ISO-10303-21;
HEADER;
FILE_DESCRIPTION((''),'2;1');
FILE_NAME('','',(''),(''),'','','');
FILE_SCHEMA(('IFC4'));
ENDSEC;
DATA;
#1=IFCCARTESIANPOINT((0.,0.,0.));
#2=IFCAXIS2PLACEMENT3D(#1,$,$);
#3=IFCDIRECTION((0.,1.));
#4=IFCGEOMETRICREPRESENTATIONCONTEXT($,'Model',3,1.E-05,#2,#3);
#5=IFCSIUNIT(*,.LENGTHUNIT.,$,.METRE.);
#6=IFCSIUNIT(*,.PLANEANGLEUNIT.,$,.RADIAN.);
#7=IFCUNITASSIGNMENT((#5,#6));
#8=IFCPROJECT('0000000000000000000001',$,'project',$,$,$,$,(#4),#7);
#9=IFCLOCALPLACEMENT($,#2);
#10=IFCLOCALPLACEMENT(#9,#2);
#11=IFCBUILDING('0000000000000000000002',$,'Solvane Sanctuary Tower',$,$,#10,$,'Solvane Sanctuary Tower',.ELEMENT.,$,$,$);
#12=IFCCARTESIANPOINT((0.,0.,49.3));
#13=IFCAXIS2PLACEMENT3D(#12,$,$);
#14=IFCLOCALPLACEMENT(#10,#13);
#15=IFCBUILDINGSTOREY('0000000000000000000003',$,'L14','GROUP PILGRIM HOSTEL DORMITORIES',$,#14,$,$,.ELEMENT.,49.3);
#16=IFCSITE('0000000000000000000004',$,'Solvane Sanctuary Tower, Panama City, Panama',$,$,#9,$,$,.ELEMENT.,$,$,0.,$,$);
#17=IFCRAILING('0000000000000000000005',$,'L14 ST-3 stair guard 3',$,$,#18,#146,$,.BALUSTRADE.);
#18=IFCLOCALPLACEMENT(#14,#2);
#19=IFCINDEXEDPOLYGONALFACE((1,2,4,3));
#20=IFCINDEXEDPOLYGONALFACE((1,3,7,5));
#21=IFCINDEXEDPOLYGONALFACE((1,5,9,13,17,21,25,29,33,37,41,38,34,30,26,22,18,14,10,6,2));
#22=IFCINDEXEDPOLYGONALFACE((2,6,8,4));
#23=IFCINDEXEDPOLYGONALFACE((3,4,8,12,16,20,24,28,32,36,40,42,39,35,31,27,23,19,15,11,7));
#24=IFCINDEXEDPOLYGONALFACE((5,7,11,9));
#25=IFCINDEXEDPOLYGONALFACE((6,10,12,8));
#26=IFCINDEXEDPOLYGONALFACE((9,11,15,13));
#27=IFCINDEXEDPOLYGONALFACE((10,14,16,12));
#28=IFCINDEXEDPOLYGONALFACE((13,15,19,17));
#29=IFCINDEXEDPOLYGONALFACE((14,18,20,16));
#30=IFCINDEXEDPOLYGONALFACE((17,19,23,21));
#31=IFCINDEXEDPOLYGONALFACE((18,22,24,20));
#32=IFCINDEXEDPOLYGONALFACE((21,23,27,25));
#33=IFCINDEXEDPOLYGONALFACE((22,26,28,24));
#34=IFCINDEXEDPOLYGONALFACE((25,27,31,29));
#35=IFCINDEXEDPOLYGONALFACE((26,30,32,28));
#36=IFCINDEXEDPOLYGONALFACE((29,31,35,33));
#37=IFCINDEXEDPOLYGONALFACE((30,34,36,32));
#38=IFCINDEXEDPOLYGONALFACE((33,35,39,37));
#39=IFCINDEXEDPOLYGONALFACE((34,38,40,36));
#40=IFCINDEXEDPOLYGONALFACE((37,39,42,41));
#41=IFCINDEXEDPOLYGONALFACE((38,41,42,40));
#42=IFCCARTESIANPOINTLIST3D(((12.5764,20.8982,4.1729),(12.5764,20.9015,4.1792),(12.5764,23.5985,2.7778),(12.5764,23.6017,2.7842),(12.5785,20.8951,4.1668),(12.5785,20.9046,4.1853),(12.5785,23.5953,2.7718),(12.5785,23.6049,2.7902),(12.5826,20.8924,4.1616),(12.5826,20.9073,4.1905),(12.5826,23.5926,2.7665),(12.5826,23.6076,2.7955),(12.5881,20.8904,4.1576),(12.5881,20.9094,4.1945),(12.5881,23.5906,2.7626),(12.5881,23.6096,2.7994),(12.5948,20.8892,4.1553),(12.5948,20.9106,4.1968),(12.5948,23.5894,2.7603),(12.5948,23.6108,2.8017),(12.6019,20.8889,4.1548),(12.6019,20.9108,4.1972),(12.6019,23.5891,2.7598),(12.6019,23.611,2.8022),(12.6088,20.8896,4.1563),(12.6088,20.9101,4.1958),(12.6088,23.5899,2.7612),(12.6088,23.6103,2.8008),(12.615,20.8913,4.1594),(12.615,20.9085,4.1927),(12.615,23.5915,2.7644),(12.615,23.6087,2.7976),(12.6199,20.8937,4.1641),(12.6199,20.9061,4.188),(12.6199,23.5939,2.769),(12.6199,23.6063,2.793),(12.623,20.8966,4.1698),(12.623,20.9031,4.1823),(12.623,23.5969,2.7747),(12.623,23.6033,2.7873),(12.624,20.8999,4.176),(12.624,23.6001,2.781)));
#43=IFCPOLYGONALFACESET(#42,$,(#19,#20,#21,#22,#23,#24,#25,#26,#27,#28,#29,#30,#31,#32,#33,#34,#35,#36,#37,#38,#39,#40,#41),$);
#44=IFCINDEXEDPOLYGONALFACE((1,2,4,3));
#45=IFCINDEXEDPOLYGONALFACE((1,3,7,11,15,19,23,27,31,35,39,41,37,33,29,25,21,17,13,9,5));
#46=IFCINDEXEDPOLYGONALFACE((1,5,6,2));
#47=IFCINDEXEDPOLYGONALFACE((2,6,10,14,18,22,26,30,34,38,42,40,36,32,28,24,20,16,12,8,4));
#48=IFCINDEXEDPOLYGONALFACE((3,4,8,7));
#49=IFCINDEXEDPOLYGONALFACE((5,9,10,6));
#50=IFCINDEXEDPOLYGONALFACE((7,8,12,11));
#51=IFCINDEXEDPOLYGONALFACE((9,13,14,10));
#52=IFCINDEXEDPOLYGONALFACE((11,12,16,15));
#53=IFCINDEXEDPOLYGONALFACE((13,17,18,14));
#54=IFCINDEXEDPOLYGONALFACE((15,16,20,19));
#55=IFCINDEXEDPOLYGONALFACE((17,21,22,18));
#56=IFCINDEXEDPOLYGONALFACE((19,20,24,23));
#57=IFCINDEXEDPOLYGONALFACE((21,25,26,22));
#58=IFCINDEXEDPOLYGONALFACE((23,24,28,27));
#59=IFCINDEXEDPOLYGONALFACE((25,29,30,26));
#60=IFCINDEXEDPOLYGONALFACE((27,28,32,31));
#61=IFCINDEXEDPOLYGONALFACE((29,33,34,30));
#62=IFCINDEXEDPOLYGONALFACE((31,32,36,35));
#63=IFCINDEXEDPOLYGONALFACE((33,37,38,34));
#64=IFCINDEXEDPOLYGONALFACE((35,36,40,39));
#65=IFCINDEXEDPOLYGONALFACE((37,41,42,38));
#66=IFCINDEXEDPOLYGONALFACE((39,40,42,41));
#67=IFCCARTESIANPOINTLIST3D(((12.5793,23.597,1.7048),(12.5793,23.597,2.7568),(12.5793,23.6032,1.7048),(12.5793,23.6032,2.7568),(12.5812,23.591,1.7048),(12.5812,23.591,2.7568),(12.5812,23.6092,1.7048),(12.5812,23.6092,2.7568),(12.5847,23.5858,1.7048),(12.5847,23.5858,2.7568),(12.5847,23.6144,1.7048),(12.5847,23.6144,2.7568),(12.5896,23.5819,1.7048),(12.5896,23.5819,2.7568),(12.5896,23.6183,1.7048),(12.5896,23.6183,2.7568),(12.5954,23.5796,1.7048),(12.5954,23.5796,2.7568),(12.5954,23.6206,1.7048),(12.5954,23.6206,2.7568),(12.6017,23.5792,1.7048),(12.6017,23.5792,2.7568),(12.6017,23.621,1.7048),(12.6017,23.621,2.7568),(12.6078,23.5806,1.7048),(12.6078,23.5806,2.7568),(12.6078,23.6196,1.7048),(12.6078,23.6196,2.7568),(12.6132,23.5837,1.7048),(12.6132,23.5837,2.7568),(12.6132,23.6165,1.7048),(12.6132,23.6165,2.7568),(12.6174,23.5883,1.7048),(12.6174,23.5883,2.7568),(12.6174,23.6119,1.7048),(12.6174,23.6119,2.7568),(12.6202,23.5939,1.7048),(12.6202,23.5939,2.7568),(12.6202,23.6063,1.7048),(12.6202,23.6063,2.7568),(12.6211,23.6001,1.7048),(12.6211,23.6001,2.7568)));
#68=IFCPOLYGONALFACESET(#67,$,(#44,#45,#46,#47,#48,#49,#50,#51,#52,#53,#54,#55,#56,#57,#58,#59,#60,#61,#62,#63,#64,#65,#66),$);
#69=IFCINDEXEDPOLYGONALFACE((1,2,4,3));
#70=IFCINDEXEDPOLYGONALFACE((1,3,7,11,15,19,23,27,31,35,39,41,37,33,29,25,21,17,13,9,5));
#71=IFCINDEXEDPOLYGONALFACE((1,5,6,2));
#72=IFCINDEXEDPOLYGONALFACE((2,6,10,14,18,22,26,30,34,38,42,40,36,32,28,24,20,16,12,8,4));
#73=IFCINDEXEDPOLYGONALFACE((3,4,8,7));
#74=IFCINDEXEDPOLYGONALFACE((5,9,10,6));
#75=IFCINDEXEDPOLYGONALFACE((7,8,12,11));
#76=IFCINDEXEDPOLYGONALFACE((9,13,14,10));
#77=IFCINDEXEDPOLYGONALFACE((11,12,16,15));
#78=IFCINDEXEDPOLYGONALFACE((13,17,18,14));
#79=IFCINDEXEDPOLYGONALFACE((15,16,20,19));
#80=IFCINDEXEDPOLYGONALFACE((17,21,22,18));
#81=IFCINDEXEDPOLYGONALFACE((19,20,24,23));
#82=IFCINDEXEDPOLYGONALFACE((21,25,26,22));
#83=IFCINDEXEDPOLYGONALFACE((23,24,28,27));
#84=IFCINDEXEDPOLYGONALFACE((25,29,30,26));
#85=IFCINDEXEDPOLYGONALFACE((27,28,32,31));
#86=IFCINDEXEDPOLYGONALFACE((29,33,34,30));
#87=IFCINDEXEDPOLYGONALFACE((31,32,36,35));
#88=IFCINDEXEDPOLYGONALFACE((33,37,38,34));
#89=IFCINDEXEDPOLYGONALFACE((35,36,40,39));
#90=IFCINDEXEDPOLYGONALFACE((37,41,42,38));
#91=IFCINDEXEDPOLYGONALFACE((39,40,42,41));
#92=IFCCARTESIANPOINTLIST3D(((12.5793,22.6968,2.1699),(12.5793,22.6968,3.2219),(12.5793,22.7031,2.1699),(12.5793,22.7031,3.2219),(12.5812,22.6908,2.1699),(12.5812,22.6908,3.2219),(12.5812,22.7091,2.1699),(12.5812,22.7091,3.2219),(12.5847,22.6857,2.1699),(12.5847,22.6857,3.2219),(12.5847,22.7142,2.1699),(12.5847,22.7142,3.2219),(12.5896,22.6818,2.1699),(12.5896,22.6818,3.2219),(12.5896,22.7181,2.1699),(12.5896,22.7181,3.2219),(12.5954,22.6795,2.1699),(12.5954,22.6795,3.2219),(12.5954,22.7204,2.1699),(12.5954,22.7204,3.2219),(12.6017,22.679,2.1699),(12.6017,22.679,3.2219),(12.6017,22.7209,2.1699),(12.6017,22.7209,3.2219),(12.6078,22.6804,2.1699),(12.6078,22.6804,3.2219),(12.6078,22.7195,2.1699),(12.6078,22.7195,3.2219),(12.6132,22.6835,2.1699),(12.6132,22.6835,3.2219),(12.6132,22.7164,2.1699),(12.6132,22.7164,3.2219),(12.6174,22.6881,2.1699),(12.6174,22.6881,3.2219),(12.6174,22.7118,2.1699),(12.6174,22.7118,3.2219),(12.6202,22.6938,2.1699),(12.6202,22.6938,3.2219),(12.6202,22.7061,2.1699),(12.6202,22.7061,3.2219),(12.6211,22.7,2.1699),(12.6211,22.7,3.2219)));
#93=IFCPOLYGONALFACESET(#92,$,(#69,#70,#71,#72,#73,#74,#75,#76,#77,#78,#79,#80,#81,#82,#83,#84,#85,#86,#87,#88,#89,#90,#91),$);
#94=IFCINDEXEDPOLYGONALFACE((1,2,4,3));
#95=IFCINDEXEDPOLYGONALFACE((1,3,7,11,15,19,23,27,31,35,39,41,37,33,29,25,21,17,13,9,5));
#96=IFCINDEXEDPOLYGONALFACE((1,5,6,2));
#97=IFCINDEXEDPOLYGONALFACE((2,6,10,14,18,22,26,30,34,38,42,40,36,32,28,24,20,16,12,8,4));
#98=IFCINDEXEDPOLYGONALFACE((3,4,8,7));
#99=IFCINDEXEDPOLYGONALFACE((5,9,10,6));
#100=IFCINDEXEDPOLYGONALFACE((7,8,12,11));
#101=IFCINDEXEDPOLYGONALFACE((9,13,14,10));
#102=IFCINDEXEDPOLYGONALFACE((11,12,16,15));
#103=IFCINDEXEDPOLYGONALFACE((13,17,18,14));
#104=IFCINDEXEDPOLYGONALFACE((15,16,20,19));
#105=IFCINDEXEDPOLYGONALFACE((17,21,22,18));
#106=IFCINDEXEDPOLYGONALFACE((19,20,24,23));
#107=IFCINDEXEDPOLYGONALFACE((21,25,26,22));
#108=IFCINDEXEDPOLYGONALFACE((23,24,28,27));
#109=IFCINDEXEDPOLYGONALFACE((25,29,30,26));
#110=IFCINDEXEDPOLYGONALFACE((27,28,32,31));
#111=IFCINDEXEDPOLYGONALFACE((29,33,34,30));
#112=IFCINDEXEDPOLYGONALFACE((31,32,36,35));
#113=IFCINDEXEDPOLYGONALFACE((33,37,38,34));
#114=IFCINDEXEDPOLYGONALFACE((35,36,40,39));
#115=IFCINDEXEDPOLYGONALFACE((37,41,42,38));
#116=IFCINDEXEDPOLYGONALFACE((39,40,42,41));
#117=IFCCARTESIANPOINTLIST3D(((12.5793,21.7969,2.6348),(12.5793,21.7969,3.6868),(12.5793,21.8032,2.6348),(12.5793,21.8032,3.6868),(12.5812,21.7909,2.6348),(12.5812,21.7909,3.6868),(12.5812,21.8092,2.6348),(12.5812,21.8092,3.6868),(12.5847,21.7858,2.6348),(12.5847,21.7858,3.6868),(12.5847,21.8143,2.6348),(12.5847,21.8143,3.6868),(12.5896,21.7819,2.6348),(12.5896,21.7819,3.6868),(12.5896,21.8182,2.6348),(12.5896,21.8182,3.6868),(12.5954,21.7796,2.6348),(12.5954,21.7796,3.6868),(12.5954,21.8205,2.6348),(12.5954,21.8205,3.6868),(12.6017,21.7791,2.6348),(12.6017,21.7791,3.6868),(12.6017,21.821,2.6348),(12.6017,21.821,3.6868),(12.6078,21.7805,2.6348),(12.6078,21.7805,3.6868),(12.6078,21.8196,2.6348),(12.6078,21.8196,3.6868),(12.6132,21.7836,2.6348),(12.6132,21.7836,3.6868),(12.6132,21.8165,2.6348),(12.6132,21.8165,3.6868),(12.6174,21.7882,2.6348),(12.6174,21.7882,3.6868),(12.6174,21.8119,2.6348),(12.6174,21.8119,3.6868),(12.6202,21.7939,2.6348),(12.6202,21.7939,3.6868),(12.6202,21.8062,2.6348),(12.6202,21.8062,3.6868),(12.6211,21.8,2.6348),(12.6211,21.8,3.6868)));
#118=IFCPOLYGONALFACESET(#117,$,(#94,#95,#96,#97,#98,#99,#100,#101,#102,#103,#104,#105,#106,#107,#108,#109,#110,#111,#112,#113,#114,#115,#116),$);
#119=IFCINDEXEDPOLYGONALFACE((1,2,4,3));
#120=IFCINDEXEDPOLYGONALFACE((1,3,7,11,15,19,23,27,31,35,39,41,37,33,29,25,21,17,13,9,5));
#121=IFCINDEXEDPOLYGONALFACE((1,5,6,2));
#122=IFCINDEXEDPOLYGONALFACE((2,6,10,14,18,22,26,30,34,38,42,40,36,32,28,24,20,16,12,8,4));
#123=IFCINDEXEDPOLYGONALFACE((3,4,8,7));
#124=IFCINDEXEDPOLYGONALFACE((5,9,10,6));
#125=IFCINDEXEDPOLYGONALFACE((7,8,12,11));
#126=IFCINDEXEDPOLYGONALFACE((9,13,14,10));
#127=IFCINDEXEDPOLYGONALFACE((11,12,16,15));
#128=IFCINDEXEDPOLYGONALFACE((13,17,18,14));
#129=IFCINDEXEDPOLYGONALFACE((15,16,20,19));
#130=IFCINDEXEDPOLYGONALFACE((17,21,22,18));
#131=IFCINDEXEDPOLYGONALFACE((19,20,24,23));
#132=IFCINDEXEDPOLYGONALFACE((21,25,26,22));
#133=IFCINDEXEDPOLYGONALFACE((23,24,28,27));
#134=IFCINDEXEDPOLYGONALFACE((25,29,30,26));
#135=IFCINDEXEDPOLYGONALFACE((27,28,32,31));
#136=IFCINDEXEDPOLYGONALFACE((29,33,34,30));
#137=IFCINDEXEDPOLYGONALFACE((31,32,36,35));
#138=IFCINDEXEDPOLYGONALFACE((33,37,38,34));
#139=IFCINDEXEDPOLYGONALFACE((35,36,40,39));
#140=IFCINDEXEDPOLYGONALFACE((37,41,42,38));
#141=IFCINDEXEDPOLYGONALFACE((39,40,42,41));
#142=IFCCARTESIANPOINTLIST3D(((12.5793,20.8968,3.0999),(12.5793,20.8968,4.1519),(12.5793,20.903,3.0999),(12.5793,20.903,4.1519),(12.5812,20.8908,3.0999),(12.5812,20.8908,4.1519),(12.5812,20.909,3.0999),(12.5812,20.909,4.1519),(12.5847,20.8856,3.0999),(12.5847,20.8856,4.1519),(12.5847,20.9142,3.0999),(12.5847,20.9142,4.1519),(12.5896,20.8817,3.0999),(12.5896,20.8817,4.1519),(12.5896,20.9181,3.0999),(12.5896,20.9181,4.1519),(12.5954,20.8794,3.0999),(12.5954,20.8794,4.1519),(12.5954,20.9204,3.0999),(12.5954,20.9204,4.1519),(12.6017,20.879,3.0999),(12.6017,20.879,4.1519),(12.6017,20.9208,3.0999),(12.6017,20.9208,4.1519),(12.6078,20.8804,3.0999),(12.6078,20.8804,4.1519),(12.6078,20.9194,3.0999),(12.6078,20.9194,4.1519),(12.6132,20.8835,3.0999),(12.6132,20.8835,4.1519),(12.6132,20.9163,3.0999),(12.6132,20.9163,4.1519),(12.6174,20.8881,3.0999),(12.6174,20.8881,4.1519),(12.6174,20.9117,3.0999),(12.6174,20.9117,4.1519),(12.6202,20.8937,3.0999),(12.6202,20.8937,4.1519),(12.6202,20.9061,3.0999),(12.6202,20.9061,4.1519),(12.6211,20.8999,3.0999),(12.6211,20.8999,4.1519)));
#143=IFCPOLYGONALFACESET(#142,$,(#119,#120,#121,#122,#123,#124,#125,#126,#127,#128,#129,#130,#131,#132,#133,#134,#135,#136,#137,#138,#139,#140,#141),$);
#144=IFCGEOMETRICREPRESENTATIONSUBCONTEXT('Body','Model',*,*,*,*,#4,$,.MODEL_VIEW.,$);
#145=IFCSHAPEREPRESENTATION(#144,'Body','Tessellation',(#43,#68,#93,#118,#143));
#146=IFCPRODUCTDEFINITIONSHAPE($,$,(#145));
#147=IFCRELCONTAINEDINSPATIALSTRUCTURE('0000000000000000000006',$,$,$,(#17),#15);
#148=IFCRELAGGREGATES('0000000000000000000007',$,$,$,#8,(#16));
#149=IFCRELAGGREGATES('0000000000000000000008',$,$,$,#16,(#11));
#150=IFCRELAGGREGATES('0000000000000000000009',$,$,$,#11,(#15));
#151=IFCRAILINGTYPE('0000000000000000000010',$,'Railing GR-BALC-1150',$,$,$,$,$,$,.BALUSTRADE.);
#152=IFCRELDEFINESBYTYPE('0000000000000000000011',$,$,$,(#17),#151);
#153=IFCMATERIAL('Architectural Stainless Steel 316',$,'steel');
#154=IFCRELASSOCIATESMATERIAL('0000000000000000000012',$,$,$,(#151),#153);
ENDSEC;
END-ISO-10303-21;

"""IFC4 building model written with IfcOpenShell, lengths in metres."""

from ifc_helpers import new_model, si_unit, direction, frame, origin, origin_2d, place, context, subcontext, project, spatial, circle, extrude, material, type_object, element, save


model = new_model("IFC4")

# Units and contexts
model_context = context("Model", 3, precision=1e-05, world=origin(), true_north=direction((0.0, 1.0)))
body_context = subcontext(model_context, "Body", "Model", "MODEL_VIEW")
ifc_project = project(units=[si_unit("LENGTHUNIT", "METRE"), si_unit("PLANEANGLEUNIT", "RADIAN")], contexts=[model_context])

# Site, building, storey
site_placement = place(None, origin())
site = spatial("IfcSite", under=ifc_project, at=site_placement, Name="Solvane Sanctuary Tower, Panama City, Panama", CompositionType="ELEMENT", RefElevation=0.0)
building_placement = place(site_placement, origin())
building = spatial("IfcBuilding", under=site, at=building_placement, Name="Solvane Sanctuary Tower", LongName="Solvane Sanctuary Tower", CompositionType="ELEMENT")
storey_placement = place(building_placement, frame((0.0, 0.0, 49.3)))
storey = spatial("IfcBuildingStorey", under=building, at=storey_placement, Name="L14", Description="GROUP PILGRIM HOSTEL DORMITORIES", CompositionType="ELEMENT", Elevation=49.3)

# Railing
ifc_material_1 = material(Name="Architectural Stainless Steel 316", Category="steel")
railing_type_1 = type_object("IfcRailingType", Name="Railing GR-BALC-1150", PredefinedType="BALUSTRADE", material=ifc_material_1)
railing_1_placement = place(storey_placement, frame((12.6001, 23.6001, 1.7048)))
element("IfcRailing", 1, at=railing_1_placement, inside=storey, type_object=railing_type_1, Name="L14 ST-3 stair guard 3", PredefinedType="BALUSTRADE", context=body_context, shape_type="SweptSolid", body=[
    extrude(circle(Radius=0.0239, at=origin_2d()), frame((0.0, 0.0, 1.0762), z_axis=(0.0, -0.888437, 0.458999), x_axis=(1.0, 0.0, 0.0)), (0.0, 0.0, 1.0), 3.0393),
    extrude(circle(Radius=0.021, at=origin_2d()), origin(), (0.0, 0.0, 1.0), 1.052),
    extrude(circle(Radius=0.021, at=origin_2d()), frame((0.0, -0.9001, 0.4651)), (0.0, 0.0, 1.0), 1.052),
    extrude(circle(Radius=0.021, at=origin_2d()), frame((0.0, -1.8, 0.9299)), (0.0, 0.0, 1.0), 1.052),
    extrude(circle(Radius=0.021, at=origin_2d()), frame((0.0, -2.7002, 1.395)), (0.0, 0.0, 1.0), 1.052),
])

save(model, "model.ifc")
